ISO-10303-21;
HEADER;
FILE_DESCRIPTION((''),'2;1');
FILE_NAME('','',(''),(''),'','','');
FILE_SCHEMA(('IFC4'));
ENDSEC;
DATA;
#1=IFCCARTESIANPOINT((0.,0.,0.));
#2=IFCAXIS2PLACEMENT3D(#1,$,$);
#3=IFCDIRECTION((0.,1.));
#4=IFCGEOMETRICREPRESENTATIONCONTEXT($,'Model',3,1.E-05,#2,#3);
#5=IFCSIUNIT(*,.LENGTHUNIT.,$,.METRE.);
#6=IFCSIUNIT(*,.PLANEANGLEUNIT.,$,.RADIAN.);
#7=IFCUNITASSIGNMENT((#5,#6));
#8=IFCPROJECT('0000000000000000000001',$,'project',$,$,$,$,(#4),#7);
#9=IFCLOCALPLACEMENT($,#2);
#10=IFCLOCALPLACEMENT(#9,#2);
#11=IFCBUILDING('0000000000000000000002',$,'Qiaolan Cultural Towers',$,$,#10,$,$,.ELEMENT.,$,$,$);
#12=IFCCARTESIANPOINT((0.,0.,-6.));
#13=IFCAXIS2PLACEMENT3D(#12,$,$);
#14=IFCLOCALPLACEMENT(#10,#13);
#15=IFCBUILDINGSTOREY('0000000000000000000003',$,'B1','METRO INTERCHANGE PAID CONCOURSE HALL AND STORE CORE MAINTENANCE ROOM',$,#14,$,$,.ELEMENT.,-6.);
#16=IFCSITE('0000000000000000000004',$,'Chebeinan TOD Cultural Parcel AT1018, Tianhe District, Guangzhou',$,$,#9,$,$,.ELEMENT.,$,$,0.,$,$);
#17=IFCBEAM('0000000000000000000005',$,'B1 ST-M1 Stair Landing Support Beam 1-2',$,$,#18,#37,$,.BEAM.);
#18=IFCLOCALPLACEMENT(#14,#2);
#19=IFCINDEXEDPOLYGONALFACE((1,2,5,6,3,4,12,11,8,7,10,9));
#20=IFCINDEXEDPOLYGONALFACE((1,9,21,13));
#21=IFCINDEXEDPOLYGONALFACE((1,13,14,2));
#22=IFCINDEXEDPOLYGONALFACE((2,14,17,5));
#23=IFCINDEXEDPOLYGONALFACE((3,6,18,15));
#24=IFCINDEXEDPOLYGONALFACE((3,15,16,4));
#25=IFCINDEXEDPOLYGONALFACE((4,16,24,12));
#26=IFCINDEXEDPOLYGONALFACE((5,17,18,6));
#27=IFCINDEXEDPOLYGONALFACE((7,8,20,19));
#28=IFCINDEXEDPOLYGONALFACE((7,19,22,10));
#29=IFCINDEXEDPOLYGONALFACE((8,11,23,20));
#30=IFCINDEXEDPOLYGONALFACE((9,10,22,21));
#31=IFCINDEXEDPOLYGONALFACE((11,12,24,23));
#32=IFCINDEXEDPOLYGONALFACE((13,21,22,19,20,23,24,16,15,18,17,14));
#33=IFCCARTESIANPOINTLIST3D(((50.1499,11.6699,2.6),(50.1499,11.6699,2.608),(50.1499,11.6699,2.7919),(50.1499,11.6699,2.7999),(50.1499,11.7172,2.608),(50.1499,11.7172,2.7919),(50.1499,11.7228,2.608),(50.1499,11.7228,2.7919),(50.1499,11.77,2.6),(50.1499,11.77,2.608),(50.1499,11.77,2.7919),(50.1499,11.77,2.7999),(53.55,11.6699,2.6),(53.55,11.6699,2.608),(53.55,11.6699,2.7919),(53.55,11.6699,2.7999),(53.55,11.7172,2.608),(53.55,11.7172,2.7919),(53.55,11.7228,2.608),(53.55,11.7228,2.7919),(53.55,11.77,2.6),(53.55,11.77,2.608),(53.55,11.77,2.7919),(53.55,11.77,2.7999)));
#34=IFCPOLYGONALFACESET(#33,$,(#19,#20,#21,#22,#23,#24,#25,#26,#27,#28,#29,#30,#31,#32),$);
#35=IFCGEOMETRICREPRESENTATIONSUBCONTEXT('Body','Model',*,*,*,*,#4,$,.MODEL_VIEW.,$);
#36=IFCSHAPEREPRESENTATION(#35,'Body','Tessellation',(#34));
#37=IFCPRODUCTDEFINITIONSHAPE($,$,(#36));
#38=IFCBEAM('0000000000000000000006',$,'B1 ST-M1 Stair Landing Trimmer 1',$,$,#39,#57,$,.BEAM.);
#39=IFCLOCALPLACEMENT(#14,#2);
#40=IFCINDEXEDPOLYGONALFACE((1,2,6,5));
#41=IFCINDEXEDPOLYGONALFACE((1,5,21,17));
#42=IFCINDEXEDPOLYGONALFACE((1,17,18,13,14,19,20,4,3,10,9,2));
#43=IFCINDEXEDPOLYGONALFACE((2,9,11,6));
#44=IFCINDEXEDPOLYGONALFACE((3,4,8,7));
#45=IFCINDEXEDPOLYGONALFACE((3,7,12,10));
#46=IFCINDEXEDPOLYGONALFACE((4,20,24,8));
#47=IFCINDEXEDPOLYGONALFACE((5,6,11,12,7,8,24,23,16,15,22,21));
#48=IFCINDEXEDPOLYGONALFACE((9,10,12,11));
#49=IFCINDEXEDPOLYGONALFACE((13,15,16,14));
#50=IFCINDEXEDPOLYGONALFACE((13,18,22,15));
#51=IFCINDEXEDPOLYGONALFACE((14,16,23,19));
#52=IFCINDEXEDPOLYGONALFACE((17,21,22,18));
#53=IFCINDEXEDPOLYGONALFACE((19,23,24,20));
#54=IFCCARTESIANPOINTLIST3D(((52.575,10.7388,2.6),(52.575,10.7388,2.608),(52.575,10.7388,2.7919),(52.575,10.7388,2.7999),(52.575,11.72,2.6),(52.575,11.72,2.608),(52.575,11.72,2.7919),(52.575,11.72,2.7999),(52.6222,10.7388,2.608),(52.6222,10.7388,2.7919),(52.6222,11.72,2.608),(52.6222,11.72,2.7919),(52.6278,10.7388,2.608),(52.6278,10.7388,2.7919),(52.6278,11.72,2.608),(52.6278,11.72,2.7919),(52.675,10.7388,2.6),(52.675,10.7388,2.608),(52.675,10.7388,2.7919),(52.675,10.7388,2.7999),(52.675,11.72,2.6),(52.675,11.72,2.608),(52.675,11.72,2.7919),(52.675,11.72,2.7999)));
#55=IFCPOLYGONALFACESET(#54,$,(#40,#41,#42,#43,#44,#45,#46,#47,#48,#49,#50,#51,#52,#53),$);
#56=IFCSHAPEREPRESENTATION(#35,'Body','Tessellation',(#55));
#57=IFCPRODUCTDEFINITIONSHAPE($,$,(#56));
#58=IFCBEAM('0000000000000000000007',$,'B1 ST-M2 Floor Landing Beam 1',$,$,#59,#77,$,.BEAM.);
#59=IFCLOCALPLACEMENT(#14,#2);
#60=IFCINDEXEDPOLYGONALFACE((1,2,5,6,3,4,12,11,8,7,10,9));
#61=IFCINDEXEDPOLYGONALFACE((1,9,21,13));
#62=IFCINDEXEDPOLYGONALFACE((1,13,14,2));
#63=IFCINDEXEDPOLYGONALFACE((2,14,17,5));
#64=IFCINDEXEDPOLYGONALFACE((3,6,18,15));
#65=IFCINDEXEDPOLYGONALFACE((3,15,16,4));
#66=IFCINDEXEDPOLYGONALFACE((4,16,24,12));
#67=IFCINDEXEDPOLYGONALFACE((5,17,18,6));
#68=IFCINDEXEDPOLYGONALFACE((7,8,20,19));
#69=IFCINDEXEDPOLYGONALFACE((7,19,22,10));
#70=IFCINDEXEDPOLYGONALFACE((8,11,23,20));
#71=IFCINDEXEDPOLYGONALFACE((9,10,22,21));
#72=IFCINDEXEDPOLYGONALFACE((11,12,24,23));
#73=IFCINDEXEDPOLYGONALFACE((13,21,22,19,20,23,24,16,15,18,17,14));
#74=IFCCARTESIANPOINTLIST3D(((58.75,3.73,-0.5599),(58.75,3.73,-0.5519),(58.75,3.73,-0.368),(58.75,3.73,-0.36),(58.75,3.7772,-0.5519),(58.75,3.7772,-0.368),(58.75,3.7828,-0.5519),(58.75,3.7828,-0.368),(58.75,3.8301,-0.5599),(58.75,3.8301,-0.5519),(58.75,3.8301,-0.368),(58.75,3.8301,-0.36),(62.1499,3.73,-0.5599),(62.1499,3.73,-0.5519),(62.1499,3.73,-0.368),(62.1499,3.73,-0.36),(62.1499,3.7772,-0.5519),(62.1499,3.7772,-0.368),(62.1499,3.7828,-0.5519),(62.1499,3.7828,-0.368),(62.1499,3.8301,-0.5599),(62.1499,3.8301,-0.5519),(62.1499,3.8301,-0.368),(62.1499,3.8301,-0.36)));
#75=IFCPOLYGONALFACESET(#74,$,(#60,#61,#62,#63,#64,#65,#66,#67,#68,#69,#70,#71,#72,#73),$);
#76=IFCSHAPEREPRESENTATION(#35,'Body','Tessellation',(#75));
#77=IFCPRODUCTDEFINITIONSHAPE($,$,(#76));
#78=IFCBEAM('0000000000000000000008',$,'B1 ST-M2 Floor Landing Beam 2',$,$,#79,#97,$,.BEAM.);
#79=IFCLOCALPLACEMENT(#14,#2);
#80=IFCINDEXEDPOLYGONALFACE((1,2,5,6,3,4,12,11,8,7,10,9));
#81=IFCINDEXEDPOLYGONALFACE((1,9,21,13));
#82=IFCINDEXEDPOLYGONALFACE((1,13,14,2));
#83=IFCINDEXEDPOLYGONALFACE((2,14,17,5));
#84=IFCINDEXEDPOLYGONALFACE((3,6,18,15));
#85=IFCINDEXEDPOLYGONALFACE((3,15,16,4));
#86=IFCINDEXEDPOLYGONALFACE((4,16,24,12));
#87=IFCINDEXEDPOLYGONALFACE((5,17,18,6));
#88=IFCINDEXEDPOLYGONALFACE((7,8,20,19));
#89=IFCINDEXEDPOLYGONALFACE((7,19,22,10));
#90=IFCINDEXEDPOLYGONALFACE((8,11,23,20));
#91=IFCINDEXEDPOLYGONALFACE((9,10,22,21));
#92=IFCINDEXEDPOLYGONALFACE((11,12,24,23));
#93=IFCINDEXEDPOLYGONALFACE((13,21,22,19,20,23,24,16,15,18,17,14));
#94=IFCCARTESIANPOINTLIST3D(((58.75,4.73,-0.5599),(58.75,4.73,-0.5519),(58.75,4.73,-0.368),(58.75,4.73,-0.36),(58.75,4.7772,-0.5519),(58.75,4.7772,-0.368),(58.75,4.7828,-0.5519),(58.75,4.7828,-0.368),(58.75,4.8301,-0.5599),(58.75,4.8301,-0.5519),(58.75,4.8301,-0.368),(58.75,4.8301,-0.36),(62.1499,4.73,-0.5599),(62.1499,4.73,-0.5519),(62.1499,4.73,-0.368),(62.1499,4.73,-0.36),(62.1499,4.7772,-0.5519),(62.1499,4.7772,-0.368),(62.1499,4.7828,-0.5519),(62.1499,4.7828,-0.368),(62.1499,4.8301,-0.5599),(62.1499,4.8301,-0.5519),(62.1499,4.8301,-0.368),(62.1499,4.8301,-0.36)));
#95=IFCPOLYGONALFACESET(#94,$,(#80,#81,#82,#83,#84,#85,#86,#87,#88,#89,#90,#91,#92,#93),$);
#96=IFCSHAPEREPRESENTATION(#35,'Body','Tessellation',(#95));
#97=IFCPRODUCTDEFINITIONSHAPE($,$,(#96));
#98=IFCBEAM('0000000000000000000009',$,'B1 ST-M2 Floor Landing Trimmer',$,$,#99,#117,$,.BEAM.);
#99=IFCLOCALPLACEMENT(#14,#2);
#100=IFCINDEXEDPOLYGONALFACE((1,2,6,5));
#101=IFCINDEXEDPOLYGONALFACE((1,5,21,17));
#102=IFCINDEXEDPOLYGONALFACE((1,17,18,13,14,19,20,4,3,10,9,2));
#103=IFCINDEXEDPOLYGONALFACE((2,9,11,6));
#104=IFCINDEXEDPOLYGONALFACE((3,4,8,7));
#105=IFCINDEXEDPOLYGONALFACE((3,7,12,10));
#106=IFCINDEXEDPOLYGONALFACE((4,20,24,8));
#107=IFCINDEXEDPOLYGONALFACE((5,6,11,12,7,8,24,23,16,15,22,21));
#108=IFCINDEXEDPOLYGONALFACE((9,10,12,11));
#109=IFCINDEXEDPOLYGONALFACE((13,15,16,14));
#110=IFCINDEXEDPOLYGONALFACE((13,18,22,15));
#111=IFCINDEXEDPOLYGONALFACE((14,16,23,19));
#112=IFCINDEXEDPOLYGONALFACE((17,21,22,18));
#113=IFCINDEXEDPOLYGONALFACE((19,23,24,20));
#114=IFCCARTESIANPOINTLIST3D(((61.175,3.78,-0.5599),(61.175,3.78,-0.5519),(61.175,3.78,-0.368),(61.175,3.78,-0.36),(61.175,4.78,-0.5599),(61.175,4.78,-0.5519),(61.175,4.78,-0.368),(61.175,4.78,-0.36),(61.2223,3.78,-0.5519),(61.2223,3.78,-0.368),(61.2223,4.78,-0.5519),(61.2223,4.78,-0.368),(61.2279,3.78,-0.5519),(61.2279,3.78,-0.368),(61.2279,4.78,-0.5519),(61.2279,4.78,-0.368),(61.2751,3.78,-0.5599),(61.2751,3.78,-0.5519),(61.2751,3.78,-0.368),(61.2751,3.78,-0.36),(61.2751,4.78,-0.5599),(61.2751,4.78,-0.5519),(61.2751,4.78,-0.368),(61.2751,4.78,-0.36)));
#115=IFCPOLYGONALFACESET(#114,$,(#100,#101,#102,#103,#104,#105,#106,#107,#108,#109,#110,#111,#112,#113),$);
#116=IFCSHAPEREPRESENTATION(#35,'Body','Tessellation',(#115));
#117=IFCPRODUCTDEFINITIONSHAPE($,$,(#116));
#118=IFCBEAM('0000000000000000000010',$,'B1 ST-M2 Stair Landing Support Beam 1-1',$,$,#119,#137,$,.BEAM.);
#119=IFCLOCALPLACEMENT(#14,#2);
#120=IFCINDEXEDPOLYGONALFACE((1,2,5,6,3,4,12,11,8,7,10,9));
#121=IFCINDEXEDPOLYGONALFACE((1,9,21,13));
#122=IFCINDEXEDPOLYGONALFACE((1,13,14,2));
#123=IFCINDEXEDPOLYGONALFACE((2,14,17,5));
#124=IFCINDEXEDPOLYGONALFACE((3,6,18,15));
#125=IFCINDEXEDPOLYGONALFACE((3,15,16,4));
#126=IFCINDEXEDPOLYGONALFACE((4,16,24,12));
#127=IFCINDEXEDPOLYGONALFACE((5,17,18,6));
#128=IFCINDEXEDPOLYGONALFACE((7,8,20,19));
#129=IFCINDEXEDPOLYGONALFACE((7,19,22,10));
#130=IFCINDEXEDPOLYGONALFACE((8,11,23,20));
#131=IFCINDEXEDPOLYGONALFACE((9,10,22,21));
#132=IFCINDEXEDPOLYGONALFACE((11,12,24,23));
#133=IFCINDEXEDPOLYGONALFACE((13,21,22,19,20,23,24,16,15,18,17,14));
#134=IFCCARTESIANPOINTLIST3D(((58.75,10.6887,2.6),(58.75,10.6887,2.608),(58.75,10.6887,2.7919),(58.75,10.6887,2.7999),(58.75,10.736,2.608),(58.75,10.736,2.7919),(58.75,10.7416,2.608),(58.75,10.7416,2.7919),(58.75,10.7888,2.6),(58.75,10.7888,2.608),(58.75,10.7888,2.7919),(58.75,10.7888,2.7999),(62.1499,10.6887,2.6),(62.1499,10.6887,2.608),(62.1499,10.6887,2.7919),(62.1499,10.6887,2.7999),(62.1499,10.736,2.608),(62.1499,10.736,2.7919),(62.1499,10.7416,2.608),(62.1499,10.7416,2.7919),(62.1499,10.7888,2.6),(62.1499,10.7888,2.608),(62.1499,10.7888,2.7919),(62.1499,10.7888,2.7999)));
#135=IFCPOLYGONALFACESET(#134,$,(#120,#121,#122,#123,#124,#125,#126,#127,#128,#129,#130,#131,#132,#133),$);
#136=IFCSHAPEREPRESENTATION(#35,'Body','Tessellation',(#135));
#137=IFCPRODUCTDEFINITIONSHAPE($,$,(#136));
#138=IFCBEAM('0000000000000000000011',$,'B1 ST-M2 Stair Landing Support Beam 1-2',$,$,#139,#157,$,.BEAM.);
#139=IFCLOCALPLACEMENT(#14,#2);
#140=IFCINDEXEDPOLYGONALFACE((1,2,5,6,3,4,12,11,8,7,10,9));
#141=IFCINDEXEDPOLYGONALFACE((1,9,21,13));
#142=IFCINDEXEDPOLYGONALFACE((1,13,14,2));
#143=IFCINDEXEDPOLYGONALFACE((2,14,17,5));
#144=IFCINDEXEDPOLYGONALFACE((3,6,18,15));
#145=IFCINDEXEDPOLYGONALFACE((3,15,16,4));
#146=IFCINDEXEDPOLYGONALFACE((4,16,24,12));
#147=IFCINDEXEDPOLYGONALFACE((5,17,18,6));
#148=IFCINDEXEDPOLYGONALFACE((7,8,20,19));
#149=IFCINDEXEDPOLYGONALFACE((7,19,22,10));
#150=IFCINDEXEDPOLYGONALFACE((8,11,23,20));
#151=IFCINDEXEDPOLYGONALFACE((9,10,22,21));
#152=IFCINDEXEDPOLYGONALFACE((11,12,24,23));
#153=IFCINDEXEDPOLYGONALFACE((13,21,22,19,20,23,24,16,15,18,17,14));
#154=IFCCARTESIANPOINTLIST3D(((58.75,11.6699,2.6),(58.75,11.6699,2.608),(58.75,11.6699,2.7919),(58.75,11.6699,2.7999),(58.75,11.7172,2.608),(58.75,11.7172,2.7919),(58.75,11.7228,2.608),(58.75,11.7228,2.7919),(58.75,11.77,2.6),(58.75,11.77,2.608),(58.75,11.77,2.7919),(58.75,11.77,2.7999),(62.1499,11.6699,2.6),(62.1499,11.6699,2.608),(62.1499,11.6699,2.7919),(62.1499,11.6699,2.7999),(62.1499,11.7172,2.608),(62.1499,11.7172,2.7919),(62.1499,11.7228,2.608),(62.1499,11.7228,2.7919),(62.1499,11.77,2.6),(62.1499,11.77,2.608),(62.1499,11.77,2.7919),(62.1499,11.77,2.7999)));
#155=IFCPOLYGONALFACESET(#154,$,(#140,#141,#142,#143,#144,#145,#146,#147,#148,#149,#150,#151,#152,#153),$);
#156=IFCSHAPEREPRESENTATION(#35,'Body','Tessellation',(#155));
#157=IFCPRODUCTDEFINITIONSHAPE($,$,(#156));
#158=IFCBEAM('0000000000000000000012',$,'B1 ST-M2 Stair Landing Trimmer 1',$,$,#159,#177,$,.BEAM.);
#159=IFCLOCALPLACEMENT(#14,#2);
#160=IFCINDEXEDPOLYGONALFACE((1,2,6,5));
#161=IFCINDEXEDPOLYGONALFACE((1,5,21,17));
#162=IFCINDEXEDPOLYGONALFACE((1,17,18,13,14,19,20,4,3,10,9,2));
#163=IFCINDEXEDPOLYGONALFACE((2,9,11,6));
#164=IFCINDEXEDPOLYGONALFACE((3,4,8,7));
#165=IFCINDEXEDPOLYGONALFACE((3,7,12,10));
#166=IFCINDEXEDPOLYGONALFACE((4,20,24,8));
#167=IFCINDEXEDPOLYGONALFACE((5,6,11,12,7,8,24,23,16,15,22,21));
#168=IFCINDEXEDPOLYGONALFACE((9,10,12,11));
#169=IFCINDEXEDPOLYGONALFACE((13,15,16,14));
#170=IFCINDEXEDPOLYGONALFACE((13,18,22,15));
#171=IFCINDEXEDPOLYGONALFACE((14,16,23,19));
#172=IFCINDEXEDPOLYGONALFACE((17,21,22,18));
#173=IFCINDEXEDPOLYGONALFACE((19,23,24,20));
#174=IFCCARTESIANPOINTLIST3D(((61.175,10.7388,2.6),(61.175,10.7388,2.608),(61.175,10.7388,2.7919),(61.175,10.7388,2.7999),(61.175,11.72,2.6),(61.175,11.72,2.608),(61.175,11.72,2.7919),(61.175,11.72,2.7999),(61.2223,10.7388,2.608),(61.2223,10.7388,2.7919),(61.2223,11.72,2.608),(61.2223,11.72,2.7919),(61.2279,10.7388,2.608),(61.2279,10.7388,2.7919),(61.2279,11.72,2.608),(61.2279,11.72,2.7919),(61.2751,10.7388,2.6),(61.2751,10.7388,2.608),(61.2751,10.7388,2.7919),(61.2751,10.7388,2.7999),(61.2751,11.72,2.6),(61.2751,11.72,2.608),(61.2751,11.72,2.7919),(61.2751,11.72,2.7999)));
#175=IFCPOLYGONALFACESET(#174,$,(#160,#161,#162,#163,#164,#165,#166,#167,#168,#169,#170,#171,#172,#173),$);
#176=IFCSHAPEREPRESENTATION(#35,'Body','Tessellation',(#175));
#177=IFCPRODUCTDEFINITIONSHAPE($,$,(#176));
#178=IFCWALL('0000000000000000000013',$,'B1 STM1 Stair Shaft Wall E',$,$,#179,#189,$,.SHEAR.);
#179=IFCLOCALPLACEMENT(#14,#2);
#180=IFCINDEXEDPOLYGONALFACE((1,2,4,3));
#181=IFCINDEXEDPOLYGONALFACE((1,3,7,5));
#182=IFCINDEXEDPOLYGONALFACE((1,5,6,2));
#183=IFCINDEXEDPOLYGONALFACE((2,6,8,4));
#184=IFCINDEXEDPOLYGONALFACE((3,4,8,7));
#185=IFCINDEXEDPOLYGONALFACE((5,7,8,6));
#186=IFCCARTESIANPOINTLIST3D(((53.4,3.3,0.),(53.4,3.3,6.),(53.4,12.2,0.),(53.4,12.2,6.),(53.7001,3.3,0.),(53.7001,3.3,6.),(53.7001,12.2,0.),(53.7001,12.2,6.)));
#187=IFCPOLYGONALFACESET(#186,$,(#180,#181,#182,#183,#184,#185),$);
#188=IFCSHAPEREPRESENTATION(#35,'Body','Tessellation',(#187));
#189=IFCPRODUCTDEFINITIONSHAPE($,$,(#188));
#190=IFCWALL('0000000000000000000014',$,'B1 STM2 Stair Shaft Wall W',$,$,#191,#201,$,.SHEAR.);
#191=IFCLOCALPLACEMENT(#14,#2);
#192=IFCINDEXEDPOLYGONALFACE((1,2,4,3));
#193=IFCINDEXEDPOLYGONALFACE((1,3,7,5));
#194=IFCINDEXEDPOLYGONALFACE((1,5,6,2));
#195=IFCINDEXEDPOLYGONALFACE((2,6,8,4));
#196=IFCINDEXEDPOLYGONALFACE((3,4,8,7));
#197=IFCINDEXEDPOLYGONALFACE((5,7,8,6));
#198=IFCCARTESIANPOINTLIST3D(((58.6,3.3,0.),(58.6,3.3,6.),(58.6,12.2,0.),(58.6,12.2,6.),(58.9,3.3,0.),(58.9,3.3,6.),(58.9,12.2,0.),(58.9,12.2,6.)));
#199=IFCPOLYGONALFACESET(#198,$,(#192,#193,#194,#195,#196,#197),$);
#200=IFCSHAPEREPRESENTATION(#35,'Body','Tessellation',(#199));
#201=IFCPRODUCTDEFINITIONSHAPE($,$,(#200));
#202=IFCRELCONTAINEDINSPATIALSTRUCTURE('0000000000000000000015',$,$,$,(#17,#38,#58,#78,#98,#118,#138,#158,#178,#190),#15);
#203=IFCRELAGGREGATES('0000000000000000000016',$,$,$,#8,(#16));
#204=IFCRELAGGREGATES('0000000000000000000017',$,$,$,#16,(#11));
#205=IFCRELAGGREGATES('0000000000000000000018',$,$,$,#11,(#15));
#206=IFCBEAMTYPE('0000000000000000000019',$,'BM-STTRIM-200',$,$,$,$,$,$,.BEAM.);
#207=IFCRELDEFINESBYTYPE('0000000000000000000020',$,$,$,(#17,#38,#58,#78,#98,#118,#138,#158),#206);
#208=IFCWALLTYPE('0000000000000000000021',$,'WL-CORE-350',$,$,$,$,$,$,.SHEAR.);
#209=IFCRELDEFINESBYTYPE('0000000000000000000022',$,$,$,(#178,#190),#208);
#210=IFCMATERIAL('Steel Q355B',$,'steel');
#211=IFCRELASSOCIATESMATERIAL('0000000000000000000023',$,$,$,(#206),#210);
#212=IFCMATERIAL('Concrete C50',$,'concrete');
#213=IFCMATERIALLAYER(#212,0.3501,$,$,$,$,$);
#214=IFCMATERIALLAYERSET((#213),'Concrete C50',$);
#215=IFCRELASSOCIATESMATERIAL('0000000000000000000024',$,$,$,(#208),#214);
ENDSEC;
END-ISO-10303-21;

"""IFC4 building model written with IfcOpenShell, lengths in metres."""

from ifc_helpers import new_model, si_unit, direction, frame, frame_2d, origin, origin_2d, place, context, subcontext, project, spatial, rectangle, i_section, extrude, material, layer, layer_set, material_profile, profile_set, type_object, element, save


model = new_model("IFC4")

# Units and contexts
model_context = context("Model", 3, precision=1e-05, world=origin(), true_north=direction((0.0, 1.0)))
body_context = subcontext(model_context, "Body", "Model", "MODEL_VIEW")
ifc_project = project(units=[si_unit("LENGTHUNIT", "METRE"), si_unit("PLANEANGLEUNIT", "RADIAN")], contexts=[model_context])

# Site, building, storey
site_placement = place(None, origin())
site = spatial("IfcSite", under=ifc_project, at=site_placement, Name="Chebeinan TOD Cultural Parcel AT1018, Tianhe District, Guangzhou", CompositionType="ELEMENT", RefElevation=0.0)
building_placement = place(site_placement, origin())
building = spatial("IfcBuilding", under=site, at=building_placement, Name="Qiaolan Cultural Towers", CompositionType="ELEMENT")
storey_placement = place(building_placement, frame((0.0, 0.0, -6.0)))
storey = spatial("IfcBuildingStorey", under=building, at=storey_placement, Name="B1", Description="METRO INTERCHANGE PAID CONCOURSE HALL AND STORE CORE MAINTENANCE ROOM", CompositionType="ELEMENT", Elevation=-6.0)

# Beams
ifc_material_1 = material(Name="Steel Q355B", Category="steel")
ifc_material_profile_1 = material_profile(ifc_material_1, i_section(OverallWidth=0.1001, OverallDepth=0.2, WebThickness=0.0056, FlangeThickness=0.0081, at=origin_2d()), Name="HN200x100x5.5x8")
ifc_profile_set_1 = profile_set([ifc_material_profile_1], Name="Steel Q355B")
beam_type_1 = type_object("IfcBeamType", Name="BM-STTRIM-200", PredefinedType="BEAM", material=ifc_profile_set_1)
for number, where, z_axis, x_axis, name in (
    (1, (53.55, 11.72, 2.7), (-1.0, 0.0, 0.0), (0.0, -1.0, 0.0), "B1 ST-M1 Stair Landing Support Beam 1-2"),
):
    element("IfcBeam", number, at=place(storey_placement, frame(where, z_axis=z_axis, x_axis=x_axis)), inside=storey, type_object=beam_type_1, Name=name, PredefinedType="BEAM", context=body_context, shape_type="SweptSolid", body=[
        extrude(i_section(OverallWidth=0.1001, OverallDepth=0.2, WebThickness=0.0056, FlangeThickness=0.0081, at=origin_2d()), origin(), (0.0, 0.0, 1.0), 3.4001),
    ])
beam_1_placement = place(storey_placement, frame((52.625, 10.7388, 2.7), z_axis=(0.0, 1.0, 0.0), x_axis=(-1.0, 0.0, 0.0)))
element("IfcBeam", 2, at=beam_1_placement, inside=storey, type_object=beam_type_1, Name="B1 ST-M1 Stair Landing Trimmer 1", PredefinedType="BEAM", context=body_context, shape_type="SweptSolid", body=[
    extrude(i_section(OverallWidth=0.1001, OverallDepth=0.2, WebThickness=0.0056, FlangeThickness=0.0081, at=origin_2d()), origin(), (0.0, 0.0, 1.0), 0.9812),
])
for number, where, z_axis, x_axis, name in (
    (3, (62.1499, 3.78, -0.46), (-1.0, 0.0, 0.0), (0.0, -1.0, 0.0), "B1 ST-M2 Floor Landing Beam 1"),
    (4, (62.1499, 4.78, -0.46), (-1.0, 0.0, 0.0), (0.0, -1.0, 0.0), "B1 ST-M2 Floor Landing Beam 2"),
):
    element("IfcBeam", number, at=place(storey_placement, frame(where, z_axis=z_axis, x_axis=x_axis)), inside=storey, type_object=beam_type_1, Name=name, PredefinedType="BEAM", context=body_context, shape_type="SweptSolid", body=[
        extrude(i_section(OverallWidth=0.1001, OverallDepth=0.2, WebThickness=0.0056, FlangeThickness=0.0081, at=origin_2d()), origin(), (0.0, 0.0, 1.0), 3.3999),
    ])
beam_2_placement = place(storey_placement, frame((61.2251, 3.78, -0.46), z_axis=(0.0, 1.0, 0.0), x_axis=(-1.0, 0.0, 0.0)))
element("IfcBeam", 5, at=beam_2_placement, inside=storey, type_object=beam_type_1, Name="B1 ST-M2 Floor Landing Trimmer", PredefinedType="BEAM", context=body_context, shape_type="SweptSolid", body=[
    extrude(i_section(OverallWidth=0.1001, OverallDepth=0.2, WebThickness=0.0056, FlangeThickness=0.0081, at=origin_2d()), origin(), (0.0, 0.0, 1.0), 1.0),
])
for number, where, z_axis, x_axis, name in (
    (6, (62.1499, 10.7388, 2.7), (-1.0, 0.0, 0.0), (0.0, -1.0, 0.0), "B1 ST-M2 Stair Landing Support Beam 1-1"),
    (7, (62.1499, 11.72, 2.7), (-1.0, 0.0, 0.0), (0.0, -1.0, 0.0), "B1 ST-M2 Stair Landing Support Beam 1-2"),
):
    element("IfcBeam", number, at=place(storey_placement, frame(where, z_axis=z_axis, x_axis=x_axis)), inside=storey, type_object=beam_type_1, Name=name, PredefinedType="BEAM", context=body_context, shape_type="SweptSolid", body=[
        extrude(i_section(OverallWidth=0.1001, OverallDepth=0.2, WebThickness=0.0056, FlangeThickness=0.0081, at=origin_2d()), origin(), (0.0, 0.0, 1.0), 3.3999),
    ])
beam_3_placement = place(storey_placement, frame((61.2251, 10.7388, 2.7), z_axis=(0.0, 1.0, 0.0), x_axis=(-1.0, 0.0, 0.0)))
element("IfcBeam", 8, at=beam_3_placement, inside=storey, type_object=beam_type_1, Name="B1 ST-M2 Stair Landing Trimmer 1", PredefinedType="BEAM", context=body_context, shape_type="SweptSolid", body=[
    extrude(i_section(OverallWidth=0.1001, OverallDepth=0.2, WebThickness=0.0056, FlangeThickness=0.0081, at=origin_2d()), origin(), (0.0, 0.0, 1.0), 0.9812),
])

# Walls
ifc_material_2 = material(Name="Concrete C50", Category="concrete")
ifc_layer_1 = layer(ifc_material_2, 0.3501)
ifc_layer_set_1 = layer_set([ifc_layer_1], Name="Concrete C50")
wall_type_1 = type_object("IfcWallType", Name="WL-CORE-350", PredefinedType="SHEAR", material=ifc_layer_set_1)
for number, where, z_axis, x_axis, name in (
    (9, (53.55, 3.3, 0.0), (0.0, 0.0, 1.0), (0.0, 1.0, 0.0), "B1 STM1 Stair Shaft Wall E"),
    (10, (58.75, 3.3, 0.0), (0.0, 0.0, 1.0), (0.0, 1.0, 0.0), "B1 STM2 Stair Shaft Wall W"),
):
    element("IfcWall", number, at=place(storey_placement, frame(where, z_axis=z_axis, x_axis=x_axis)), inside=storey, type_object=wall_type_1, Name=name, PredefinedType="SHEAR", context=body_context, shape_type="SweptSolid", body=[
        extrude(rectangle(XDim=8.8999, YDim=0.3, at=frame_2d((4.45, 0.0))), origin(), (0.0, 0.0, 1.0), 6.0),
    ])

save(model, "model.ifc")
